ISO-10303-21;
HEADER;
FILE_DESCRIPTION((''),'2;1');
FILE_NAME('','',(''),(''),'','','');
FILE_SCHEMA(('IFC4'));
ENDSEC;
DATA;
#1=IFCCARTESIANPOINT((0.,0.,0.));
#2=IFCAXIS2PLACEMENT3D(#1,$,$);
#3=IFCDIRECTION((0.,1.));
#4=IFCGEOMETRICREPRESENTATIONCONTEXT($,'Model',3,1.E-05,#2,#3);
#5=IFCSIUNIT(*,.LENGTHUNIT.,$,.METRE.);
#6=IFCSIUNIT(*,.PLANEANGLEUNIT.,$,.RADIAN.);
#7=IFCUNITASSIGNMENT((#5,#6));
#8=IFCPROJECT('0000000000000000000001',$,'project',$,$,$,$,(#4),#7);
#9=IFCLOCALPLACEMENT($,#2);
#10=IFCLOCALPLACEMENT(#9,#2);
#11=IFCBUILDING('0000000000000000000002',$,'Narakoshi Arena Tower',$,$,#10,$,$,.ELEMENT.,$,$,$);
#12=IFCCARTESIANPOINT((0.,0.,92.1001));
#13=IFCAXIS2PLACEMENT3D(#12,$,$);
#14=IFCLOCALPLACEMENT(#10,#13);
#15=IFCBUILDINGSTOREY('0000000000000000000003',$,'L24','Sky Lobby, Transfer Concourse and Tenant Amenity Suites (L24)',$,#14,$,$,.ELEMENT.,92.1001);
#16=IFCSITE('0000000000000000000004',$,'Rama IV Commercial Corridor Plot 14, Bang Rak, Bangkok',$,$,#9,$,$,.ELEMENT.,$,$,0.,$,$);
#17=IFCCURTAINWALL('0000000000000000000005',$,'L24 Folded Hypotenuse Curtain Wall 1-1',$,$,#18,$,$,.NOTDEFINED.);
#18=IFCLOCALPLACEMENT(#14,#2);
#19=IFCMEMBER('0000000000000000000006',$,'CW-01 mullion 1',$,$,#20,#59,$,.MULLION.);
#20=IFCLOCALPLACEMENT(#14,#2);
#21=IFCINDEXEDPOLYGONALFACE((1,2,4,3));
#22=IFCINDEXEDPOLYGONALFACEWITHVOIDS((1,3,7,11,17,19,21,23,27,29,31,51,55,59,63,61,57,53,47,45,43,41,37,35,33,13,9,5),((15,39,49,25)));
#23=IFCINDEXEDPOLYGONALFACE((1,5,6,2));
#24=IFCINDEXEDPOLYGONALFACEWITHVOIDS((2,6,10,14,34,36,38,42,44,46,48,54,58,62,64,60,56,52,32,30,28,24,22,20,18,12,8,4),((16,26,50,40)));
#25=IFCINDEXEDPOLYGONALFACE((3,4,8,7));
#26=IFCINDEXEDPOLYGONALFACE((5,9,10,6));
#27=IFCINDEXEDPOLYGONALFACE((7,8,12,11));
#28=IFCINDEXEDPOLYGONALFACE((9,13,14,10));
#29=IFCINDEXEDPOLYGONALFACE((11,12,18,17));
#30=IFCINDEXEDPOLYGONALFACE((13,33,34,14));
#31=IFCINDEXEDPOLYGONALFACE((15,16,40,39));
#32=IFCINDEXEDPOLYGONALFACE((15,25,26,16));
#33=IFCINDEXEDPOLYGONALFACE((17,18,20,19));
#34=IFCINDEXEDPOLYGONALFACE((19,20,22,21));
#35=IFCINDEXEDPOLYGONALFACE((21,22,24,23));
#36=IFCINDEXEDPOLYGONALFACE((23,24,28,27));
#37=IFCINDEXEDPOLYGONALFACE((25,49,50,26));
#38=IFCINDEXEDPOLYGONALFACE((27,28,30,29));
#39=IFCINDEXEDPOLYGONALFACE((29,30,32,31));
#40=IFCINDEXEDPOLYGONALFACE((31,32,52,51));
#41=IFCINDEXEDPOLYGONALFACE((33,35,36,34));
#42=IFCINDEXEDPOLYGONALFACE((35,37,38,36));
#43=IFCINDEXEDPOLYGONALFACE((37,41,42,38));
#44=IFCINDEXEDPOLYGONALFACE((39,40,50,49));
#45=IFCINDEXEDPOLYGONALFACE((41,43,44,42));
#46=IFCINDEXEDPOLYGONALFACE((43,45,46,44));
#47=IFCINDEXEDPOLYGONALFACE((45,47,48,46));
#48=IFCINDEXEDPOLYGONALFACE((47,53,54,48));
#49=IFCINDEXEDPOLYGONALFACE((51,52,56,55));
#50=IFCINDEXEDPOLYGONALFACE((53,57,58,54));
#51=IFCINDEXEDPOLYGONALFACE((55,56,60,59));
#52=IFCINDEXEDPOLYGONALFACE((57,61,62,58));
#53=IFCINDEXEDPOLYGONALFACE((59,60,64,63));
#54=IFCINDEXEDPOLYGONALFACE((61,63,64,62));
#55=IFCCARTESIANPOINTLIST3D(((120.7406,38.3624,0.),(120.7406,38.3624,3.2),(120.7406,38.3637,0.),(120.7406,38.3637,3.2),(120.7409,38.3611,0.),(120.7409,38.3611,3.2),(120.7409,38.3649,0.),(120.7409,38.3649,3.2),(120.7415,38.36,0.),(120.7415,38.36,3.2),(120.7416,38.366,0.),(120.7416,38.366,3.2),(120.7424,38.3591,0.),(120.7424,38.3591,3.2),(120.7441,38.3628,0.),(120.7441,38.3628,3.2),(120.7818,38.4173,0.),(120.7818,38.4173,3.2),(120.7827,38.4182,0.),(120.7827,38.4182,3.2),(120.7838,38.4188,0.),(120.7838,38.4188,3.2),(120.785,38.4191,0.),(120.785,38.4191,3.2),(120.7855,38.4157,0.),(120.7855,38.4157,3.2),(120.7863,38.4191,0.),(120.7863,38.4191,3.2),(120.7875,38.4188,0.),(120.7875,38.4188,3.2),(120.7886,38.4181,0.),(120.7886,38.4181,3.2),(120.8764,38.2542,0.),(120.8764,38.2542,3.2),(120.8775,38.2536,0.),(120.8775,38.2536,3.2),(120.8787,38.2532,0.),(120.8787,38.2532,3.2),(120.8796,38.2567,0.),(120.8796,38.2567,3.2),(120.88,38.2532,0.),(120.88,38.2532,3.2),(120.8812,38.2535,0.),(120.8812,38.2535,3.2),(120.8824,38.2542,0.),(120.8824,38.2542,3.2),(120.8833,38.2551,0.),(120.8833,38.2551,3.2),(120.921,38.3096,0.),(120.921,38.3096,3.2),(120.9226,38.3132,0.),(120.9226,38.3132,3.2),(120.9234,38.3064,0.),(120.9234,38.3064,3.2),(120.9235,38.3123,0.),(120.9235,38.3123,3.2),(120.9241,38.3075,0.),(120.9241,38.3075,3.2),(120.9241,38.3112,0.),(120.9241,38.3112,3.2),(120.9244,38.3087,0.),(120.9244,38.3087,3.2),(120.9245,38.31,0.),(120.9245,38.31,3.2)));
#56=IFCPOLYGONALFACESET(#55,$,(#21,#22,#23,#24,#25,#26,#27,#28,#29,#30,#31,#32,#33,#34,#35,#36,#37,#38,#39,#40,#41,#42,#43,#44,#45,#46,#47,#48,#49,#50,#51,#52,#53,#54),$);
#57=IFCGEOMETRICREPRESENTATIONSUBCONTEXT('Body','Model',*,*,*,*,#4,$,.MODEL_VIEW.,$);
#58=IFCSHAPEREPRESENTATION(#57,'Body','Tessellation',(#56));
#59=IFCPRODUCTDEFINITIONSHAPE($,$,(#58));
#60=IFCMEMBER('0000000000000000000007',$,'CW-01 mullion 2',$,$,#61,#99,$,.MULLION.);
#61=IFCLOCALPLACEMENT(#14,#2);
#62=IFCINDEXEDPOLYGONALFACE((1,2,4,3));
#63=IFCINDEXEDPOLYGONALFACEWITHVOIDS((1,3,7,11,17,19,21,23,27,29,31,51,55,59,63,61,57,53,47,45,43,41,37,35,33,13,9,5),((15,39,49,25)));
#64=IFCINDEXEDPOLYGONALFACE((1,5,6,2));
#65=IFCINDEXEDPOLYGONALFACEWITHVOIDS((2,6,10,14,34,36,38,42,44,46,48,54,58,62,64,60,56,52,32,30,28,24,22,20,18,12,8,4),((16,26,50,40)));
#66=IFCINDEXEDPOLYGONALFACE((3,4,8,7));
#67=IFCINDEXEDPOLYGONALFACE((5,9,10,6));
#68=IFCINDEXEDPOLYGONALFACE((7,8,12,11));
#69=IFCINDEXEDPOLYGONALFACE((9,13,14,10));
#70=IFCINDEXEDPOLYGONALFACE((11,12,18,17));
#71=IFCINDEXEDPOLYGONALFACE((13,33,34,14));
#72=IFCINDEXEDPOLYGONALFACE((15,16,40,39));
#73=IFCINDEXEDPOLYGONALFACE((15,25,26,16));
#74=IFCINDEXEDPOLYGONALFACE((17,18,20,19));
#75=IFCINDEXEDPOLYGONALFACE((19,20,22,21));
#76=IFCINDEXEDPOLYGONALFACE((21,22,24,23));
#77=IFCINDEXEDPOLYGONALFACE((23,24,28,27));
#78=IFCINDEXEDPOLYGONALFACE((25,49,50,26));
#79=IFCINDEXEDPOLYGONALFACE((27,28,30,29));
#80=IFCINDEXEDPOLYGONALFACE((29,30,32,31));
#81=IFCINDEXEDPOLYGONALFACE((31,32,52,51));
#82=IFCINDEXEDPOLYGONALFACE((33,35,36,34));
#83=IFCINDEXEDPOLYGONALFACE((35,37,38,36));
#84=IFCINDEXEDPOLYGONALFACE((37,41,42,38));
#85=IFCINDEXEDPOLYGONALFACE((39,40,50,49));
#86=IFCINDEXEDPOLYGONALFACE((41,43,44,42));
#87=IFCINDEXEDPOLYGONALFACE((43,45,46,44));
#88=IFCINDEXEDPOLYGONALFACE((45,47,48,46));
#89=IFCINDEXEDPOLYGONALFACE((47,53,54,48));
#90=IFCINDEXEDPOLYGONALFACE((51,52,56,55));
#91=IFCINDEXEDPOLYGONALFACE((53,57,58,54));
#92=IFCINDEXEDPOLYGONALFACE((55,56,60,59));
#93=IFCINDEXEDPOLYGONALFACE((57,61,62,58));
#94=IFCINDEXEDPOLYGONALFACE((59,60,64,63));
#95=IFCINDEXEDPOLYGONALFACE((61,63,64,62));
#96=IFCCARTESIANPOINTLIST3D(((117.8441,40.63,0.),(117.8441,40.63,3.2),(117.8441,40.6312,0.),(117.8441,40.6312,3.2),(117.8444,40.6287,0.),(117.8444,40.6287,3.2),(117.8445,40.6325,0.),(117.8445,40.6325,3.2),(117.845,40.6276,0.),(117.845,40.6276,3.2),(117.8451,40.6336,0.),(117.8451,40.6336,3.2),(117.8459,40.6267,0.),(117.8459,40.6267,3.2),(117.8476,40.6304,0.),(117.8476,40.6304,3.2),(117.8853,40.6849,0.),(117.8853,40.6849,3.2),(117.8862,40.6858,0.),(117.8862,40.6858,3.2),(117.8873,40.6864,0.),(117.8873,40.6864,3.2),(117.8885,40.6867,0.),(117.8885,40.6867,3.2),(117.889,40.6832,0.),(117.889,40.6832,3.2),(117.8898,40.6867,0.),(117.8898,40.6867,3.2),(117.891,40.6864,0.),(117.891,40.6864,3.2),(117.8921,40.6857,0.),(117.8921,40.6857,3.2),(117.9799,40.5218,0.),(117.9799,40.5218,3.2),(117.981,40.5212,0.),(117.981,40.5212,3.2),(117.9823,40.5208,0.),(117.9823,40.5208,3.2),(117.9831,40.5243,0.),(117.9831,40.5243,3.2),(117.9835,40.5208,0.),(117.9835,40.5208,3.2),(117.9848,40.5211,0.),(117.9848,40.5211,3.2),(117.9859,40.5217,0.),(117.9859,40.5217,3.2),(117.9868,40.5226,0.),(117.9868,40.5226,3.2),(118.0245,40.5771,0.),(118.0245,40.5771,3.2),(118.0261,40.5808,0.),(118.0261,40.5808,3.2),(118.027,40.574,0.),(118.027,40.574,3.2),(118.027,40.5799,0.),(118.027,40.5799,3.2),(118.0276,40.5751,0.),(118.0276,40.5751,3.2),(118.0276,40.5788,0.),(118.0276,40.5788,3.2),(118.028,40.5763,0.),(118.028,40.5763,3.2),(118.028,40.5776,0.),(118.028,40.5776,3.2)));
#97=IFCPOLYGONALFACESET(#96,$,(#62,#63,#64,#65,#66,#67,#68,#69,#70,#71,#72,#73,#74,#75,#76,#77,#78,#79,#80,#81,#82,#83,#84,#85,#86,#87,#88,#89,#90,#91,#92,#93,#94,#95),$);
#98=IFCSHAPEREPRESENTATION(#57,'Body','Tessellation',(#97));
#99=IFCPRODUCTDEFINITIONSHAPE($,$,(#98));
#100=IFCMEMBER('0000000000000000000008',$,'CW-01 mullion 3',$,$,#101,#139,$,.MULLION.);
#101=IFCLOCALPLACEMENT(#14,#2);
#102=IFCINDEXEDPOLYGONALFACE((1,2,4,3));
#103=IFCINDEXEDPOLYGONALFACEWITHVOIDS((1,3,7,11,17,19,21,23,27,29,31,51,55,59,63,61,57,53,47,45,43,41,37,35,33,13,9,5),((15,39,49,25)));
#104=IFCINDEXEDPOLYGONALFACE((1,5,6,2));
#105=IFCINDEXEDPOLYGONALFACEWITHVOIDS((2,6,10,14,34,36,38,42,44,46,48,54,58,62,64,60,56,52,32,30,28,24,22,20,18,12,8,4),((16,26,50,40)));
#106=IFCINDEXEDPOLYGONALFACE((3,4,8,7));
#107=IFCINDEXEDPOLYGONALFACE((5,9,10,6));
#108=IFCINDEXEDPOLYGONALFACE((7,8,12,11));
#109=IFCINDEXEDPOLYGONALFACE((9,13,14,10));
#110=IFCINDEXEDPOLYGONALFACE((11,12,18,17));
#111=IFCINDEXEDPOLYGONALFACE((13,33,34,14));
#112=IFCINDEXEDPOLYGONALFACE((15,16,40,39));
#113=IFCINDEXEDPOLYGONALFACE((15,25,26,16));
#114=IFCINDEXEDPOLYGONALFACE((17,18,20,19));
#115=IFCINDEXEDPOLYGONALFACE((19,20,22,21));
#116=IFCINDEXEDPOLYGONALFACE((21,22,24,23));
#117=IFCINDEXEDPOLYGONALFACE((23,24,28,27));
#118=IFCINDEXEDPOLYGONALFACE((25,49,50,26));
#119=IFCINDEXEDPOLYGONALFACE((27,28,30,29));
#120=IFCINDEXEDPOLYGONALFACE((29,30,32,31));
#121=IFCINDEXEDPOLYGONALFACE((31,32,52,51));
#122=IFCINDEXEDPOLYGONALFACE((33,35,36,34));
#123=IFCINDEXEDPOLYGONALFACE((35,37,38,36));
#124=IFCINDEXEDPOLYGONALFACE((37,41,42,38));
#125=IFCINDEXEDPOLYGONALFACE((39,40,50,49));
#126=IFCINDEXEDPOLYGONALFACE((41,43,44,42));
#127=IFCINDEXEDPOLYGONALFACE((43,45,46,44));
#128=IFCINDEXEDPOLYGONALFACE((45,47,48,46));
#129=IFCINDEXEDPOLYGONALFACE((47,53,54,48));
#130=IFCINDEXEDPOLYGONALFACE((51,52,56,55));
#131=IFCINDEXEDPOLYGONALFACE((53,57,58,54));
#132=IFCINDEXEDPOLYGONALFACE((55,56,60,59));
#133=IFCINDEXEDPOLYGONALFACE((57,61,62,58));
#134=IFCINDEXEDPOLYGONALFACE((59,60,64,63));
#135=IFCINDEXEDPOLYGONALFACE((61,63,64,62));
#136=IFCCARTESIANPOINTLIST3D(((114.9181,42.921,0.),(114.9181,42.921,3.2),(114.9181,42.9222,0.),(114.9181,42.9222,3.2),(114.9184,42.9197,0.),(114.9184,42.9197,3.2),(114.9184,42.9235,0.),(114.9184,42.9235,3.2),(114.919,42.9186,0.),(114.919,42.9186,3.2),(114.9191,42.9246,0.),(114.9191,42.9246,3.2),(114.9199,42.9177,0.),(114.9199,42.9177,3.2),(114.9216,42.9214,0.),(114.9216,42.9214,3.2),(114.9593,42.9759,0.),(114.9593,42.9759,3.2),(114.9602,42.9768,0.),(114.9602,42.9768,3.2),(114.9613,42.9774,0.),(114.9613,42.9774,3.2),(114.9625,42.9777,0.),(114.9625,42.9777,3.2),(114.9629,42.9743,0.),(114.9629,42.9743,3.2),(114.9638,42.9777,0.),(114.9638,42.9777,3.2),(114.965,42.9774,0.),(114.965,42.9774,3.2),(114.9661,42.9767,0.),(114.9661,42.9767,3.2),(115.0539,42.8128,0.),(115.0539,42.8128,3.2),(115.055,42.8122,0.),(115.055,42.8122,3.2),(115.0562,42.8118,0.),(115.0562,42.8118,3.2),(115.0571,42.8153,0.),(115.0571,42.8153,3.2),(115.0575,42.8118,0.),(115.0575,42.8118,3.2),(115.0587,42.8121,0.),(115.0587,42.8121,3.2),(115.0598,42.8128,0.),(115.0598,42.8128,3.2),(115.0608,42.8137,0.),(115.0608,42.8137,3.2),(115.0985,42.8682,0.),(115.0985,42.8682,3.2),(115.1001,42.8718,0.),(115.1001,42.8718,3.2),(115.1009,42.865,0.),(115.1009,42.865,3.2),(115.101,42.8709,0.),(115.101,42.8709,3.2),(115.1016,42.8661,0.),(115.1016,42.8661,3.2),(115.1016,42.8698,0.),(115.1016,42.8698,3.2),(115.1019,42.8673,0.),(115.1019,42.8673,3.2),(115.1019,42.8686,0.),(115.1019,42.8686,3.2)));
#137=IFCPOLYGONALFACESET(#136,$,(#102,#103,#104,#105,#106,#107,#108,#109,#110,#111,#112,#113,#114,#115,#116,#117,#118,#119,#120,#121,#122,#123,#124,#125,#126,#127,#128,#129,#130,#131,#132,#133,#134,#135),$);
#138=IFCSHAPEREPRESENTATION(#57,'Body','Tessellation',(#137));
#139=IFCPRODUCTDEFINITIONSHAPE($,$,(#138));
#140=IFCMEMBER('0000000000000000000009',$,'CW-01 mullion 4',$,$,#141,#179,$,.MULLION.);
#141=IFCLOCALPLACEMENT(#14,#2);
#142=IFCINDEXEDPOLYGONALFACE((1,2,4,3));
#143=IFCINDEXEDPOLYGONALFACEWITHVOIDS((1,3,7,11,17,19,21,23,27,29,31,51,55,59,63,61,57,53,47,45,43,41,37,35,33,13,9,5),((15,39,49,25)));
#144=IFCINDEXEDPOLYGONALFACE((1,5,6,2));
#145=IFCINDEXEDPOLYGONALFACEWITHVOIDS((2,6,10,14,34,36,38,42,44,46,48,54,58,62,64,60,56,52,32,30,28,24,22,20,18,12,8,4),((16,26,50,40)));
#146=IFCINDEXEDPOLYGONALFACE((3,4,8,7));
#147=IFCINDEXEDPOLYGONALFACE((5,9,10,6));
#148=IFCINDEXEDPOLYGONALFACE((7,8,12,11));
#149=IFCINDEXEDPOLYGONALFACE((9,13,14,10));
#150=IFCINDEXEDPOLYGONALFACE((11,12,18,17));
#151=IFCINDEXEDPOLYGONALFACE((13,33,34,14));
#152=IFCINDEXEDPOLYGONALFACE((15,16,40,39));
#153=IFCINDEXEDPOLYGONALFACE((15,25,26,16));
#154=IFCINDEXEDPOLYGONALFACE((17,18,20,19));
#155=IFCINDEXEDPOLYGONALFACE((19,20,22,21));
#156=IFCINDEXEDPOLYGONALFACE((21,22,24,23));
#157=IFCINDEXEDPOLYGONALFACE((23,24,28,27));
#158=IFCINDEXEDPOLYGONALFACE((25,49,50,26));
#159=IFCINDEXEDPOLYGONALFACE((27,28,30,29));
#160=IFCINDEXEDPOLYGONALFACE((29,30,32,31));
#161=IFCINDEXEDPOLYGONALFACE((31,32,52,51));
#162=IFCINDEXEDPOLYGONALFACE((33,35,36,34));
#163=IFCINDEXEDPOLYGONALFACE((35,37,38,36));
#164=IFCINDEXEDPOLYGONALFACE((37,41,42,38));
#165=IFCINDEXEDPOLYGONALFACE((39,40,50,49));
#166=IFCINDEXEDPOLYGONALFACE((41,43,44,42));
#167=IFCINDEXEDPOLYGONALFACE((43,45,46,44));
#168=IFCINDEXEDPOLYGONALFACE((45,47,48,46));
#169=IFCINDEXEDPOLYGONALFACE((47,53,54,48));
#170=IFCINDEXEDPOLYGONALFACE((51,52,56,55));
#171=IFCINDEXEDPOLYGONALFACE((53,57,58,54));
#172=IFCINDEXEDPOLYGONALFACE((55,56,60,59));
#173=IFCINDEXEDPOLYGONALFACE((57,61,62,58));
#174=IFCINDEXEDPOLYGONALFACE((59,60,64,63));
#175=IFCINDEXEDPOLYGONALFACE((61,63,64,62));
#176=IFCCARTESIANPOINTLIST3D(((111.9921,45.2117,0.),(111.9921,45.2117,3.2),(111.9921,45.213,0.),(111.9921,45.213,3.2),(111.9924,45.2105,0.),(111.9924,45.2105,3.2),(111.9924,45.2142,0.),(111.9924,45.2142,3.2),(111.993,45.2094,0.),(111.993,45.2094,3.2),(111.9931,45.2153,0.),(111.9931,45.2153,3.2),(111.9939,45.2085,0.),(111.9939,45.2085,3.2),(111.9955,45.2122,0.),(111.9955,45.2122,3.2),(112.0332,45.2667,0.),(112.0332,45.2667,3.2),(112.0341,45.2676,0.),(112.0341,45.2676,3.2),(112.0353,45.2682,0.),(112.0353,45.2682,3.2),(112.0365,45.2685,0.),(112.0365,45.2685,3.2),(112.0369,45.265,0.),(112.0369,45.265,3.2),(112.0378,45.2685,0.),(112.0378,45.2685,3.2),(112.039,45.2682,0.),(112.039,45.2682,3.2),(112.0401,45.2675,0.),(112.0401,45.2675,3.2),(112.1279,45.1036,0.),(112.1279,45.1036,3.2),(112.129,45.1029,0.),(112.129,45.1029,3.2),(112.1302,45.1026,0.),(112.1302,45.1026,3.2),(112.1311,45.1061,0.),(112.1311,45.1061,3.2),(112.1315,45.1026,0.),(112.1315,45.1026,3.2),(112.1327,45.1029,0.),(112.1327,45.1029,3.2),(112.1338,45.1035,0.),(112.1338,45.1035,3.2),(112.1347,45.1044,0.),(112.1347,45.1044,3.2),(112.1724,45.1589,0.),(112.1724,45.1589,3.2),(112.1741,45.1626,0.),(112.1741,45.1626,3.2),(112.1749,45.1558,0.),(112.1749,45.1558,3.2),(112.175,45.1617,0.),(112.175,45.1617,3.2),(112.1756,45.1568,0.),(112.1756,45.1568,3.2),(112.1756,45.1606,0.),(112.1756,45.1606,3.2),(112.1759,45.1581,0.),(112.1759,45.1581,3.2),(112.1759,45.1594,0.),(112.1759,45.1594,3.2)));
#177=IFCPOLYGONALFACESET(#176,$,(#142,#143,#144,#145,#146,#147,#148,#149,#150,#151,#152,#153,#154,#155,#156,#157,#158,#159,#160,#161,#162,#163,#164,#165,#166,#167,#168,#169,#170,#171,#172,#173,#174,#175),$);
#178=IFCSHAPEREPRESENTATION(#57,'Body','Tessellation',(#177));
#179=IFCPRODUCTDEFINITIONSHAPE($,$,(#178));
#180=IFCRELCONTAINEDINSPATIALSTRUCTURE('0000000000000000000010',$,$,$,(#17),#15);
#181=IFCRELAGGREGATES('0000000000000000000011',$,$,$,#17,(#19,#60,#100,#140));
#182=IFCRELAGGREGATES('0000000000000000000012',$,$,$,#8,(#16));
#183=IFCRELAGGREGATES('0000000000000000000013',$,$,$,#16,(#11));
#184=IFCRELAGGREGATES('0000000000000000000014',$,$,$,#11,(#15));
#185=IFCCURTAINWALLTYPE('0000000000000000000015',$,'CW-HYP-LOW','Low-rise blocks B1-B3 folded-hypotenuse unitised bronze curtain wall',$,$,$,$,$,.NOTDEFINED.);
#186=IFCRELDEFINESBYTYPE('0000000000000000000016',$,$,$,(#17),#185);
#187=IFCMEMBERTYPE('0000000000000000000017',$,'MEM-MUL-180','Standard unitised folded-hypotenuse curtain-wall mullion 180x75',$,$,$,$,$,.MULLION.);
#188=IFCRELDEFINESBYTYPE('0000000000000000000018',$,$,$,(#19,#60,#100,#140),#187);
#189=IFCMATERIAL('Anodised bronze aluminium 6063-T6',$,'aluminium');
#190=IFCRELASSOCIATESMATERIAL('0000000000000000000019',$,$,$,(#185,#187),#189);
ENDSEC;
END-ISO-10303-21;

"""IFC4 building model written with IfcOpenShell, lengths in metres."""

from ifc_helpers import new_model, si_unit, direction, frame, origin, origin_2d, place, context, subcontext, project, spatial, hollow_rectangle, extrude, material, material_profile, profile_set, type_object, element, aggregate, save


model = new_model("IFC4")

# Units and contexts
model_context = context("Model", 3, precision=1e-05, world=origin(), true_north=direction((0.0, 1.0)))
body_context = subcontext(model_context, "Body", "Model", "MODEL_VIEW")
ifc_project = project(units=[si_unit("LENGTHUNIT", "METRE"), si_unit("PLANEANGLEUNIT", "RADIAN")], contexts=[model_context])

# Site, building, storey
site_placement = place(None, origin())
site = spatial("IfcSite", under=ifc_project, at=site_placement, Name="Rama IV Commercial Corridor Plot 14, Bang Rak, Bangkok", CompositionType="ELEMENT", RefElevation=0.0)
building_placement = place(site_placement, origin())
building = spatial("IfcBuilding", under=site, at=building_placement, Name="Narakoshi Arena Tower", CompositionType="ELEMENT")
storey_placement = place(building_placement, frame((0.0, 0.0, 92.1001)))
storey = spatial("IfcBuildingStorey", under=building, at=storey_placement, Name="L24", Description="Sky Lobby, Transfer Concourse and Tenant Amenity Suites (L24)", CompositionType="ELEMENT", Elevation=92.1001)

# Curtain wall, members
ifc_material_1 = material(Name="Anodised bronze aluminium 6063-T6", Category="aluminium")
curtain_wall_type = type_object("IfcCurtainWallType", Name="CW-HYP-LOW", Description="Low-rise blocks B1-B3 folded-hypotenuse unitised bronze curtain wall", PredefinedType="NOTDEFINED", material=ifc_material_1)
curtain_wall_placement = place(storey_placement, origin())
curtain_wall = element("IfcCurtainWall", 1, at=curtain_wall_placement, inside=storey, type_object=curtain_wall_type, Name="L24 Folded Hypotenuse Curtain Wall 1-1", PredefinedType="NOTDEFINED")
ifc_material_profile_1 = material_profile(ifc_material_1, hollow_rectangle(XDim=0.075, YDim=0.1799, WallThickness=0.0039, OuterFilletRadius=0.0049, at=origin_2d()), Name="MUL180x75x4")
ifc_profile_set_1 = profile_set([ifc_material_profile_1], Name="Anodised bronze aluminium 6063-T6")
member_type_1 = type_object("IfcMemberType", Name="MEM-MUL-180", Description="Standard unitised folded-hypotenuse curtain-wall mullion 180x75", PredefinedType="MULLION", material=ifc_profile_set_1)
member_1_placement = place(storey_placement, frame((120.8325, 38.3362, 0.0), z_axis=(0.0, 0.0, 1.0), x_axis=(-0.616457, -0.787389, 0.0)))
member_1 = element("IfcMember", 2, at=member_1_placement, type_object=member_type_1, Name="CW-01 mullion 1", PredefinedType="MULLION", context=body_context, shape_type="SweptSolid", body=[
    extrude(hollow_rectangle(XDim=0.075, YDim=0.1799, WallThickness=0.0039, OuterFilletRadius=0.0049, at=origin_2d()), origin(), (0.0, 0.0, 1.0), 3.2),
])
member_2_placement = place(storey_placement, frame((117.936, 40.6038, 0.0), z_axis=(0.0, 0.0, 1.0), x_axis=(-0.616457, -0.787389, 0.0)))
member_2 = element("IfcMember", 3, at=member_2_placement, type_object=member_type_1, Name="CW-01 mullion 2", PredefinedType="MULLION", context=body_context, shape_type="SweptSolid", body=[
    extrude(hollow_rectangle(XDim=0.075, YDim=0.1799, WallThickness=0.0039, OuterFilletRadius=0.0049, at=origin_2d()), origin(), (0.0, 0.0, 1.0), 3.2),
])
member_3_placement = place(storey_placement, frame((115.01, 42.8948, 0.0), z_axis=(0.0, 0.0, 1.0), x_axis=(-0.616457, -0.787389, 0.0)))
member_3 = element("IfcMember", 4, at=member_3_placement, type_object=member_type_1, Name="CW-01 mullion 3", PredefinedType="MULLION", context=body_context, shape_type="SweptSolid", body=[
    extrude(hollow_rectangle(XDim=0.075, YDim=0.1799, WallThickness=0.0039, OuterFilletRadius=0.0049, at=origin_2d()), origin(), (0.0, 0.0, 1.0), 3.2),
])
member_4_placement = place(storey_placement, frame((112.084, 45.1855, 0.0), z_axis=(0.0, 0.0, 1.0), x_axis=(-0.616457, -0.787389, 0.0)))
member_4 = element("IfcMember", 5, at=member_4_placement, type_object=member_type_1, Name="CW-01 mullion 4", PredefinedType="MULLION", context=body_context, shape_type="SweptSolid", body=[
    extrude(hollow_rectangle(XDim=0.075, YDim=0.1799, WallThickness=0.0039, OuterFilletRadius=0.0049, at=origin_2d()), origin(), (0.0, 0.0, 1.0), 3.2),
])
aggregate(curtain_wall, [member_1, member_2, member_3, member_4])

save(model, "model.ifc")
